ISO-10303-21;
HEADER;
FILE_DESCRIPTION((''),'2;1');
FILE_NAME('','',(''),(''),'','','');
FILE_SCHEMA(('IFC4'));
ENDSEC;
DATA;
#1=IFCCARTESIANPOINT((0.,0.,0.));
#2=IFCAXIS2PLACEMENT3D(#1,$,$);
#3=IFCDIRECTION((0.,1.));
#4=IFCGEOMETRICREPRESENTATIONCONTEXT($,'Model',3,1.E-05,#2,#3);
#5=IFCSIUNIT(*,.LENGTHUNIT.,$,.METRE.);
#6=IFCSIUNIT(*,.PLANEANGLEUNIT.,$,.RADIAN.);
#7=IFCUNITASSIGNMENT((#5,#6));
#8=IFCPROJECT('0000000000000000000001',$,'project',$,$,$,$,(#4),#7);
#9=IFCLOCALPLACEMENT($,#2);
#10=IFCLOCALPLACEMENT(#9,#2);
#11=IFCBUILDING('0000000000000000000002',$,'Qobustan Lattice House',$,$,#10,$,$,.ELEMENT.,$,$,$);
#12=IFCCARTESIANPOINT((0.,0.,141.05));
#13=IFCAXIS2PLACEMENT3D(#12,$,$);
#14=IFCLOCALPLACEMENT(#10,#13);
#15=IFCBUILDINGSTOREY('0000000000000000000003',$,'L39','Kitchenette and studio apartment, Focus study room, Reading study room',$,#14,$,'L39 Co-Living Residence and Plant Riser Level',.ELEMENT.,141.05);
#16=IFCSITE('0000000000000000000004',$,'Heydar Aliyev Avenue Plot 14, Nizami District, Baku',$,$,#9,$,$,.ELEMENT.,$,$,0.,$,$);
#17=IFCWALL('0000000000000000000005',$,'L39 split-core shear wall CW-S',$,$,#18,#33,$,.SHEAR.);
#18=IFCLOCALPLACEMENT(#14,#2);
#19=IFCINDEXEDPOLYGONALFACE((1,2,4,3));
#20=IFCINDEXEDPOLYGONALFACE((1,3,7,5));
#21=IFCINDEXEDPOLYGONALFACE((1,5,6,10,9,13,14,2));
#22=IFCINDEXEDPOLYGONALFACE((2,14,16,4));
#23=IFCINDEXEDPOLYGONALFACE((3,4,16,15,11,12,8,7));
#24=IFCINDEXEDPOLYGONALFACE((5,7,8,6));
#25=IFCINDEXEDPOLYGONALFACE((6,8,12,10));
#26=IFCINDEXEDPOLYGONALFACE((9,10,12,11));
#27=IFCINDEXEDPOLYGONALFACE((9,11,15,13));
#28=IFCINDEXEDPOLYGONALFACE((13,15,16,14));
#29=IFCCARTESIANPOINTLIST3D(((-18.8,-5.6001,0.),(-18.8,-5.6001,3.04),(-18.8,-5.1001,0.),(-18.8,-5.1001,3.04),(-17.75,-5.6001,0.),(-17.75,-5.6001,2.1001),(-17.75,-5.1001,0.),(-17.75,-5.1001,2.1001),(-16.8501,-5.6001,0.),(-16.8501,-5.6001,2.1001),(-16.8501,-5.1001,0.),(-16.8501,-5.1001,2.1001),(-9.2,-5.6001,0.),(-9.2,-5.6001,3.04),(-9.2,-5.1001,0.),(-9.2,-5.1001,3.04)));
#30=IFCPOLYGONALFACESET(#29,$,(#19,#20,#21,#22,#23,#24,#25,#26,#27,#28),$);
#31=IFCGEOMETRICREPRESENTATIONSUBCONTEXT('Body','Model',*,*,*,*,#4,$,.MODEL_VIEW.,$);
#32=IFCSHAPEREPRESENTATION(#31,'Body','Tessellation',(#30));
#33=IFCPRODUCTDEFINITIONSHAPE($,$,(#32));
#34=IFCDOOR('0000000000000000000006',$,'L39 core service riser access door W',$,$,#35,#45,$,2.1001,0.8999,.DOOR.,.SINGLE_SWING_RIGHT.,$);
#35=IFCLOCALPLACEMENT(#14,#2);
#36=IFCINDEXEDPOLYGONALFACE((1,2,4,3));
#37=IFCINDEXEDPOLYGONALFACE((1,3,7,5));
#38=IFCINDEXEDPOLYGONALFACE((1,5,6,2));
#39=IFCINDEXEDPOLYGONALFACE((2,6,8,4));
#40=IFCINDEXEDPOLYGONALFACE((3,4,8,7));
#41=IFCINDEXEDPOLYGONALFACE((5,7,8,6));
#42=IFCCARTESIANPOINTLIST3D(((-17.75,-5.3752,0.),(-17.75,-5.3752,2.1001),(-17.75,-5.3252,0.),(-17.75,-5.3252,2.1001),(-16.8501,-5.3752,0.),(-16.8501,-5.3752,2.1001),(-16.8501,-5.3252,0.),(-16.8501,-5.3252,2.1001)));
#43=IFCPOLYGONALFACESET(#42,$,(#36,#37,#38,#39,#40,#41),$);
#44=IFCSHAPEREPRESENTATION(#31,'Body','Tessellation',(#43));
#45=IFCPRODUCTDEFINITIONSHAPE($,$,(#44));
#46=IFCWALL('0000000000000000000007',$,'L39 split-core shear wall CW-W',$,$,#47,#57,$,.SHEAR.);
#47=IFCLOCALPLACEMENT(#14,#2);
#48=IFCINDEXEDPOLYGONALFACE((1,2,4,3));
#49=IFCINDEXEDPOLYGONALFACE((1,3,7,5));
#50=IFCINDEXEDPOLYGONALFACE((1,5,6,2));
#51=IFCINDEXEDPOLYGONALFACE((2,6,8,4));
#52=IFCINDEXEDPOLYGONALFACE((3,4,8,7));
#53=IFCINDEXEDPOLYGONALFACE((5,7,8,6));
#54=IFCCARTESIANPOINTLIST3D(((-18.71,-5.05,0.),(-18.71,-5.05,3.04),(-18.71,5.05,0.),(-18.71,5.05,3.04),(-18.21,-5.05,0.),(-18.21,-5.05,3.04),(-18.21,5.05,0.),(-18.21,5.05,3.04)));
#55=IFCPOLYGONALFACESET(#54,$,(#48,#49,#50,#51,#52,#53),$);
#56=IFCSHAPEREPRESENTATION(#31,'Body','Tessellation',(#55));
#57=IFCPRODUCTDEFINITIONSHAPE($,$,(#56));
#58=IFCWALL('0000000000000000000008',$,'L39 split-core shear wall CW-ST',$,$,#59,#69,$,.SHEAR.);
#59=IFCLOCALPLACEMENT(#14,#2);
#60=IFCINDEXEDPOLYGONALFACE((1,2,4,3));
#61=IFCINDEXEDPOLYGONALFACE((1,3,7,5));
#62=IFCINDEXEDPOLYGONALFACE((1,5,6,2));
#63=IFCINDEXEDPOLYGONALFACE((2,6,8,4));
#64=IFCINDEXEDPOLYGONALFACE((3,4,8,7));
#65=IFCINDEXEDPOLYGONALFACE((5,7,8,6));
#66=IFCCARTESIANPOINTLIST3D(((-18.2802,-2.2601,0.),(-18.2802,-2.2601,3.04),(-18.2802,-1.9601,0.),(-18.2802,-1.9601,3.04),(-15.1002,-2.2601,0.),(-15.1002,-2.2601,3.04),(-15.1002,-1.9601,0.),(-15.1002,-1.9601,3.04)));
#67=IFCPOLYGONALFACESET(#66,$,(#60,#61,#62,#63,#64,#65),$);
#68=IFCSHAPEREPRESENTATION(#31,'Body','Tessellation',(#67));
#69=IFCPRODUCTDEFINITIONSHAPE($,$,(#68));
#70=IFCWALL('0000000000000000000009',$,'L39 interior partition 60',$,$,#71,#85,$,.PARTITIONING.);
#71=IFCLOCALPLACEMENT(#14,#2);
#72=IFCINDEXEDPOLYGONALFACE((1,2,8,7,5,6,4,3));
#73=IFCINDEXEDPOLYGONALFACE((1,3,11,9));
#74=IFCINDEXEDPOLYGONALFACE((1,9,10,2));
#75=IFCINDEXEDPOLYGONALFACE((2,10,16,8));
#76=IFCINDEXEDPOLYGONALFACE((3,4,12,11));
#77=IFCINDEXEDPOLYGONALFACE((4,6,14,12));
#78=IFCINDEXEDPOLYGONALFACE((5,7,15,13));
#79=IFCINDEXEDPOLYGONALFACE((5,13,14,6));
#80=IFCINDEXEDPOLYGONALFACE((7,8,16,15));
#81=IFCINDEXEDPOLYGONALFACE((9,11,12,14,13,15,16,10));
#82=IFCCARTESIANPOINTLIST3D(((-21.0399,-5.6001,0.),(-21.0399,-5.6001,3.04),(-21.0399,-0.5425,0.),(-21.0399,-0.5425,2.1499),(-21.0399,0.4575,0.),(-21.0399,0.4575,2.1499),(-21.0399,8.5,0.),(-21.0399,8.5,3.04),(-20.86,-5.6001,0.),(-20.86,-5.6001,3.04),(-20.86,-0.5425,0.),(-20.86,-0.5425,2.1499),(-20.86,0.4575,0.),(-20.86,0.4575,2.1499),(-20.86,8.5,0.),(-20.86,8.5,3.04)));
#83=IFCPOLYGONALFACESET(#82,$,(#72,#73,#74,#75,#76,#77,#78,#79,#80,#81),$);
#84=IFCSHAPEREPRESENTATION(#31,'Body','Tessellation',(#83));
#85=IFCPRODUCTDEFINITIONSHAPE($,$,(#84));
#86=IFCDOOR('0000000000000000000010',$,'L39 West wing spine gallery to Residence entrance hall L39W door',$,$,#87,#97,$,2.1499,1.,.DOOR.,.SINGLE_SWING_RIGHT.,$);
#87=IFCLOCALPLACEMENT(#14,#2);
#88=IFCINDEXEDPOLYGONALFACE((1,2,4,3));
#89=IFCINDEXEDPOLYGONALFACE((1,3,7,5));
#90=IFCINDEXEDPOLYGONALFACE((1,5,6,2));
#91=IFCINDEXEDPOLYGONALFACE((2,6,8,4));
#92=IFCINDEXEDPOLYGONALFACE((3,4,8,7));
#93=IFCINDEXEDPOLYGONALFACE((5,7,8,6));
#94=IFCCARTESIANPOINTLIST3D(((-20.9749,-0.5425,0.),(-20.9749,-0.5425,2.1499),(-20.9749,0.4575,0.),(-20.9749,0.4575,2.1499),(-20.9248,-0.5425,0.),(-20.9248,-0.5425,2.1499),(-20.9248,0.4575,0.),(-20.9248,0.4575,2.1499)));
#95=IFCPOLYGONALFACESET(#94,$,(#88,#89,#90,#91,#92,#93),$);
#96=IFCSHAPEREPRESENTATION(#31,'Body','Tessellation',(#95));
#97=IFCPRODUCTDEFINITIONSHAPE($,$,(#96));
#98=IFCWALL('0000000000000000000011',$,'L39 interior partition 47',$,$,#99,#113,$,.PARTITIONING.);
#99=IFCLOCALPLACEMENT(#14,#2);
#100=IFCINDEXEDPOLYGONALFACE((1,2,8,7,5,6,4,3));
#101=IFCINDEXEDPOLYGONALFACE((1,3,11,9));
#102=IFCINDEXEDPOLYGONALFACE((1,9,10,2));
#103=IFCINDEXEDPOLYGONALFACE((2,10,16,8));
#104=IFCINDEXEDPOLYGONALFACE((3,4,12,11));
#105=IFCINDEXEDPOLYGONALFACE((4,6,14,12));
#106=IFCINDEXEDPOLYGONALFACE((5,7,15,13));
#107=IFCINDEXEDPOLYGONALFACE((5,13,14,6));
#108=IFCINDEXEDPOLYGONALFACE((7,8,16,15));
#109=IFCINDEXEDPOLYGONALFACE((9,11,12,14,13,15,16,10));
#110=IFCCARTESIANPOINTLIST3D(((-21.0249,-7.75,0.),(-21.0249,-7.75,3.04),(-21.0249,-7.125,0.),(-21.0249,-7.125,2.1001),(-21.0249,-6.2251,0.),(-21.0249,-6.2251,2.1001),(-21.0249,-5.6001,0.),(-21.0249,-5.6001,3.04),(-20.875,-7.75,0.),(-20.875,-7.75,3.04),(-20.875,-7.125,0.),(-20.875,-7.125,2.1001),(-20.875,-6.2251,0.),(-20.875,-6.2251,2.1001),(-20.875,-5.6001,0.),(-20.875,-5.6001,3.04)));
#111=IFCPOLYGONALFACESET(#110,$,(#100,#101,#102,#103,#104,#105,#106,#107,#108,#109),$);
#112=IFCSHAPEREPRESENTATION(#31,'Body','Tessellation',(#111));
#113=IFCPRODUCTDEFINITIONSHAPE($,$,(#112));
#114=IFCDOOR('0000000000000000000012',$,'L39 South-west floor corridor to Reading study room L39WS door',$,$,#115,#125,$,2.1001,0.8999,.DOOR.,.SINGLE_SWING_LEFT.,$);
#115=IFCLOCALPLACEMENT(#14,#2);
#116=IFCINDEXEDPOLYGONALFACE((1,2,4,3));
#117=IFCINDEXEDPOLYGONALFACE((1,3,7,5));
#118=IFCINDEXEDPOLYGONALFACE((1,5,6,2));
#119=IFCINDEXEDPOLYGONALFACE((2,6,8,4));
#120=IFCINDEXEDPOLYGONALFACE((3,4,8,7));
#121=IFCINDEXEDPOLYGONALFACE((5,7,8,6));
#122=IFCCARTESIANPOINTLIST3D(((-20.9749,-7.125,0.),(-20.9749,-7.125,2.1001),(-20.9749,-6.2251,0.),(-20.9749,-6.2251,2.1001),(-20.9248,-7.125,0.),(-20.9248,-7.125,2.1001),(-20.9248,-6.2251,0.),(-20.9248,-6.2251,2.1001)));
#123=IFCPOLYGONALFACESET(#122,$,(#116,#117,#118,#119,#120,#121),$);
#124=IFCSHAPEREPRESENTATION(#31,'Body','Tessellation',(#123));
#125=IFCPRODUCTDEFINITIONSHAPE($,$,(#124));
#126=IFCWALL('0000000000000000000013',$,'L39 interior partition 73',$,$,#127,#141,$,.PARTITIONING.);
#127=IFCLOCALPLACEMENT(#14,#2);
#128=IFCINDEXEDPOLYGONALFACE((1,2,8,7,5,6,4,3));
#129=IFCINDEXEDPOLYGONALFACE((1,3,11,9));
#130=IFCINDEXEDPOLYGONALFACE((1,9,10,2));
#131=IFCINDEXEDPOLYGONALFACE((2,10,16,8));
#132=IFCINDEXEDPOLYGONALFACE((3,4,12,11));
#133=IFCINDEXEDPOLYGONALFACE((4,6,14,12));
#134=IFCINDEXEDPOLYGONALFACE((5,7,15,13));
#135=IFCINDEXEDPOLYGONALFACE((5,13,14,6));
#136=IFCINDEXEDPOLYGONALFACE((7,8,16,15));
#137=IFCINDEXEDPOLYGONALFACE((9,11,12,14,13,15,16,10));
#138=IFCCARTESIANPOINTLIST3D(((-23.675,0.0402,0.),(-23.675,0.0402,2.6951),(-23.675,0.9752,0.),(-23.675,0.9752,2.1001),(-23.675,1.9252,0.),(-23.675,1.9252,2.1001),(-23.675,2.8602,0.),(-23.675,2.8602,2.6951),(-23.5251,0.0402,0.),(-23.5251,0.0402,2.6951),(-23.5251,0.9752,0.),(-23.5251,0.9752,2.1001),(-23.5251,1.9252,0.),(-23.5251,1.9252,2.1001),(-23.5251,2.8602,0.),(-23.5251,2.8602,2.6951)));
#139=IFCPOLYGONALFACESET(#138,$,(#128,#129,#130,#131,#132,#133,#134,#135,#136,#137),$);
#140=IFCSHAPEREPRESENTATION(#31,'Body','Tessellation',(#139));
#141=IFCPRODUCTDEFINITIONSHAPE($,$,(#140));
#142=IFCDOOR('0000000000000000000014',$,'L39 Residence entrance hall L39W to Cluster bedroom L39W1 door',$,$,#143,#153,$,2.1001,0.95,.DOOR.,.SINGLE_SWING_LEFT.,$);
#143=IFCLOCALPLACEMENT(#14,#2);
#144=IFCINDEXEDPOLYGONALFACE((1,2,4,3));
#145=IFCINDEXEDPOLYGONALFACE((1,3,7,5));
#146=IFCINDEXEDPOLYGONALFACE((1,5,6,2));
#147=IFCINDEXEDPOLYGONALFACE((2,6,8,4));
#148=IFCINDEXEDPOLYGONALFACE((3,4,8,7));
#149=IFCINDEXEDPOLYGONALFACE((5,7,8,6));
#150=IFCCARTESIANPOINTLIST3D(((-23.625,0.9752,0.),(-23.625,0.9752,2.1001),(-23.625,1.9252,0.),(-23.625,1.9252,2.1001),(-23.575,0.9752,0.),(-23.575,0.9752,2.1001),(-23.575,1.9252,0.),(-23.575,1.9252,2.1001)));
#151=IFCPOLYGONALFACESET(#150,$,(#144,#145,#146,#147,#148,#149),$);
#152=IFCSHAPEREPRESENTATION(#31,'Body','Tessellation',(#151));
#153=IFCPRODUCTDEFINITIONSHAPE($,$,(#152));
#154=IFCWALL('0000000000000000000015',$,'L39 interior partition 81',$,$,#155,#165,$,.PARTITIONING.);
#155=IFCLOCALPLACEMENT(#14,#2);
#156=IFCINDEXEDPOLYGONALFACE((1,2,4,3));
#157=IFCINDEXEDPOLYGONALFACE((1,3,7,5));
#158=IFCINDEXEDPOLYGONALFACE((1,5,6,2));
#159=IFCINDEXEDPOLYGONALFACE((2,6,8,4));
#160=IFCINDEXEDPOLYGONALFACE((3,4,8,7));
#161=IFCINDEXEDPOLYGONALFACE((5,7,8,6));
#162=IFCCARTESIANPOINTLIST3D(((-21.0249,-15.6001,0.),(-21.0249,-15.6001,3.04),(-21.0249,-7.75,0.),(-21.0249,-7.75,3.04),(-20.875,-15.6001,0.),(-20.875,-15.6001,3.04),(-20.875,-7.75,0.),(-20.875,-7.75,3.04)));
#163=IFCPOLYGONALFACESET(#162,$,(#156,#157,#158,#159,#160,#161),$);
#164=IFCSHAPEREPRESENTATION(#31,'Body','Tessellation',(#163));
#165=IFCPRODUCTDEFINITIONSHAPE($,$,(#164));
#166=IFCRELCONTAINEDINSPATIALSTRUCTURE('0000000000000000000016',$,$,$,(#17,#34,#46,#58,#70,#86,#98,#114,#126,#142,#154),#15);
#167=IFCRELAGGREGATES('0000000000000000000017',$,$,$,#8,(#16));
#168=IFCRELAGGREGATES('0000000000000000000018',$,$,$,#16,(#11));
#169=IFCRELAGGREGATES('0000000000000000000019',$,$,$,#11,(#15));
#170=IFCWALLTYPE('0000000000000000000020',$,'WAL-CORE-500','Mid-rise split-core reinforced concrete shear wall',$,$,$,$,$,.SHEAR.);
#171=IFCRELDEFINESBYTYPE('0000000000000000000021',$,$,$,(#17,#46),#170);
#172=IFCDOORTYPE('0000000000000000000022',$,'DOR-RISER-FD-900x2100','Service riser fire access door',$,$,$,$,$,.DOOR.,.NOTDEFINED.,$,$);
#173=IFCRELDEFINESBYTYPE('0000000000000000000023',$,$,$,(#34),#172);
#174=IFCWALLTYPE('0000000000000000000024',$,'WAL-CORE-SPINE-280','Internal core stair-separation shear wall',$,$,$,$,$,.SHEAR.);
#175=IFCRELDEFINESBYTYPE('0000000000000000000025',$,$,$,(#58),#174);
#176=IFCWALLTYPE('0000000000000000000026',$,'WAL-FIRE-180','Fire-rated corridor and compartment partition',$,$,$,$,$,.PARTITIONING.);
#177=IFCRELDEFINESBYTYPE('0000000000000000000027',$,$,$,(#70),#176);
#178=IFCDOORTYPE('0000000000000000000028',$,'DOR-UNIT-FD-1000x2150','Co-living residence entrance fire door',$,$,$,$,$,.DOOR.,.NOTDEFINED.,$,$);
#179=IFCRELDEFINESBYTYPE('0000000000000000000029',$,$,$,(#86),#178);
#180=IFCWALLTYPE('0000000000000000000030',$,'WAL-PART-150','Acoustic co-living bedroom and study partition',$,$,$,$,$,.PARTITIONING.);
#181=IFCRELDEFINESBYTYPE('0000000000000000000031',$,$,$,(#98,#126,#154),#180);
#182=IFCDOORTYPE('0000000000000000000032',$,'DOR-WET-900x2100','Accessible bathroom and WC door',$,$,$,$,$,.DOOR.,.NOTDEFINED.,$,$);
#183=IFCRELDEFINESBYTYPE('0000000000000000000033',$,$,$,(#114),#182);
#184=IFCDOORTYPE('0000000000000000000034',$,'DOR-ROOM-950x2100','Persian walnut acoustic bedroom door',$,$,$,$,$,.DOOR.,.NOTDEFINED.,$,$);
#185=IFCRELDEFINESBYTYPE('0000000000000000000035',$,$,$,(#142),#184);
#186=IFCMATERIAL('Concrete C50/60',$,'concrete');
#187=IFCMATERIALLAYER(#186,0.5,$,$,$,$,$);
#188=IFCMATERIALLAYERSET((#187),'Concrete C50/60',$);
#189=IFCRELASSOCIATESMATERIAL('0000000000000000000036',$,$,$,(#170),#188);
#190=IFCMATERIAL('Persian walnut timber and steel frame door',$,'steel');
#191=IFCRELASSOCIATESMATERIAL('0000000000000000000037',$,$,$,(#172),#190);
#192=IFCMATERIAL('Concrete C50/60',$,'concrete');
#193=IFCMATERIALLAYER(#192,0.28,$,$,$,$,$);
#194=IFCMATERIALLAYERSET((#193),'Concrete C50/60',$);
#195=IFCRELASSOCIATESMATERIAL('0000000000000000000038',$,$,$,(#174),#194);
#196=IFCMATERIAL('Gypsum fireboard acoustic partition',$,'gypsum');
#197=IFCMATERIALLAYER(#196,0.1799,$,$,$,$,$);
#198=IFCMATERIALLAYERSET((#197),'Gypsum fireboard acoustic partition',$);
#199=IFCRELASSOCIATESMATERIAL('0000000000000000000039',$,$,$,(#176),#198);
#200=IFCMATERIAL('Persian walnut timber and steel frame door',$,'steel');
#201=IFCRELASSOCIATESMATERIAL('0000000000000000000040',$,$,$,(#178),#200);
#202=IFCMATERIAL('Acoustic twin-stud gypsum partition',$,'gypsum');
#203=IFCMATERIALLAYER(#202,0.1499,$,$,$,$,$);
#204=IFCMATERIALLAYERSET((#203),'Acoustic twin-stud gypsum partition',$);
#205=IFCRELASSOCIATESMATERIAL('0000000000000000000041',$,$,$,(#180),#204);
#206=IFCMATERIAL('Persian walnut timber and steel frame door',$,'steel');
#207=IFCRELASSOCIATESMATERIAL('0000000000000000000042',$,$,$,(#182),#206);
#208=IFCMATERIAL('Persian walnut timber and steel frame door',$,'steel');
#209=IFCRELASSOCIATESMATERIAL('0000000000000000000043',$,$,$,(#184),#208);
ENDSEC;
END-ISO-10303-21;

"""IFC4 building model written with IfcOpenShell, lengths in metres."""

from ifc_helpers import new_model, si_unit, direction, frame, frame_2d, origin, place, context, subcontext, project, spatial, rectangle, extrude, material, layer, layer_set, type_object, element, fill, save


model = new_model("IFC4")

# Units and contexts
model_context = context("Model", 3, precision=1e-05, world=origin(), true_north=direction((0.0, 1.0)))
body_context = subcontext(model_context, "Body", "Model", "MODEL_VIEW")
ifc_project = project(units=[si_unit("LENGTHUNIT", "METRE"), si_unit("PLANEANGLEUNIT", "RADIAN")], contexts=[model_context])

# Site, building, storey
site_placement = place(None, origin())
site = spatial("IfcSite", under=ifc_project, at=site_placement, Name="Heydar Aliyev Avenue Plot 14, Nizami District, Baku", CompositionType="ELEMENT", RefElevation=0.0)
building_placement = place(site_placement, origin())
building = spatial("IfcBuilding", under=site, at=building_placement, Name="Qobustan Lattice House", CompositionType="ELEMENT")
storey_placement = place(building_placement, frame((0.0, 0.0, 141.05)))
storey = spatial("IfcBuildingStorey", under=building, at=storey_placement, Name="L39", Description="Kitchenette and studio apartment, Focus study room, Reading study room", LongName="L39 Co-Living Residence and Plant Riser Level", CompositionType="ELEMENT", Elevation=141.05)

# Wall, opening, door
ifc_material_1 = material(Name="Concrete C50/60", Category="concrete")
ifc_layer_1 = layer(ifc_material_1, 0.5)
ifc_layer_set_1 = layer_set([ifc_layer_1], Name="Concrete C50/60")
wall_type_1 = type_object("IfcWallType", Name="WAL-CORE-500", Description="Mid-rise split-core reinforced concrete shear wall", PredefinedType="SHEAR", material=ifc_layer_set_1)
wall_1_placement = place(storey_placement, frame((-18.8, -5.3501, 0.0), z_axis=(0.0, 0.0, 1.0), x_axis=(1.0, 0.0, 0.0)))
wall_1 = element("IfcWall", 1, at=wall_1_placement, inside=storey, type_object=wall_type_1, Name="L39 split-core shear wall CW-S", PredefinedType="SHEAR", context=body_context, shape_type="SweptSolid", body=[
    extrude(rectangle(XDim=9.6001, YDim=0.5, at=frame_2d((4.8, 0.0))), origin(), (0.0, 0.0, 1.0), 3.04),
])
opening_1_placement = place(wall_1_placement, frame((1.05, 0.0, 0.0)))
opening_1 = element("IfcOpeningElement", 2, at=opening_1_placement, cuts=wall_1, PredefinedType="OPENING", context=body_context, shape_type="SweptSolid", body=[
    extrude(rectangle(XDim=0.8999, YDim=2.1001, at=frame_2d((0.45, 1.05))), frame((0.0, 0.26, 0.0), z_axis=(0.0, -1.0, 0.0), x_axis=(1.0, 0.0, 0.0)), (0.0, 0.0, 1.0), 0.52),
])
ifc_material_2 = material(Name="Persian walnut timber and steel frame door", Category="steel")
door_type_1 = type_object("IfcDoorType", Name="DOR-RISER-FD-900x2100", Description="Service riser fire access door", OperationType="NOTDEFINED", PredefinedType="DOOR", material=ifc_material_2)
door_1_placement = place(opening_1_placement, origin())
door_1 = element("IfcDoor", 3, at=door_1_placement, inside=storey, type_object=door_type_1, Name="L39 core service riser access door W", OperationType="SINGLE_SWING_RIGHT", OverallHeight=2.1001, OverallWidth=0.8999, PredefinedType="DOOR", context=body_context, shape_type="SweptSolid", body=[
    extrude(rectangle(XDim=0.8999, YDim=2.1001, at=frame_2d((0.45, 1.05))), frame((0.0, 0.0249, 0.0), z_axis=(0.0, -1.0, 0.0), x_axis=(1.0, 0.0, 0.0)), (0.0, 0.0, 1.0), 0.05),
])
fill(opening_1, door_1)

# Walls
wall_2_placement = place(storey_placement, frame((-18.46, -5.05, 0.0), z_axis=(0.0, 0.0, 1.0), x_axis=(0.0, 1.0, 0.0)))
element("IfcWall", 4, at=wall_2_placement, inside=storey, type_object=wall_type_1, Name="L39 split-core shear wall CW-W", PredefinedType="SHEAR", context=body_context, shape_type="SweptSolid", body=[
    extrude(rectangle(XDim=10.1001, YDim=0.5, at=frame_2d((5.05, 0.0))), origin(), (0.0, 0.0, 1.0), 3.04),
])
ifc_material_3 = material(Name="Concrete C50/60", Category="concrete")
ifc_layer_2 = layer(ifc_material_3, 0.28)
ifc_layer_set_2 = layer_set([ifc_layer_2], Name="Concrete C50/60")
wall_type_2 = type_object("IfcWallType", Name="WAL-CORE-SPINE-280", Description="Internal core stair-separation shear wall", PredefinedType="SHEAR", material=ifc_layer_set_2)
wall_3_placement = place(storey_placement, frame((-18.28, -2.1101, 0.0), z_axis=(0.0, 0.0, 1.0), x_axis=(1.0, 0.0, 0.0)))
element("IfcWall", 5, at=wall_3_placement, inside=storey, type_object=wall_type_2, Name="L39 split-core shear wall CW-ST", PredefinedType="SHEAR", context=body_context, shape_type="SweptSolid", body=[
    extrude(rectangle(XDim=3.1799, YDim=0.3, at=frame_2d((1.5898, 0.0))), origin(), (0.0, 0.0, 1.0), 3.04),
])

# Walls, openings, doors
ifc_material_4 = material(Name="Gypsum fireboard acoustic partition", Category="gypsum")
ifc_layer_3 = layer(ifc_material_4, 0.1799)
ifc_layer_set_3 = layer_set([ifc_layer_3], Name="Gypsum fireboard acoustic partition")
wall_type_3 = type_object("IfcWallType", Name="WAL-FIRE-180", Description="Fire-rated corridor and compartment partition", PredefinedType="PARTITIONING", material=ifc_layer_set_3)
wall_4_placement = place(storey_placement, frame((-20.95, -5.6001, 0.0), z_axis=(0.0, 0.0, 1.0), x_axis=(0.0, 1.0, 0.0)))
wall_4 = element("IfcWall", 6, at=wall_4_placement, inside=storey, type_object=wall_type_3, Name="L39 interior partition 60", PredefinedType="PARTITIONING", context=body_context, shape_type="SweptSolid", body=[
    extrude(rectangle(XDim=14.1001, YDim=0.1799, at=frame_2d((7.05, 0.0))), origin(), (0.0, 0.0, 1.0), 3.04),
])
opening_2_placement = place(wall_4_placement, frame((5.0576, 0.0, 0.0)))
opening_2 = element("IfcOpeningElement", 7, at=opening_2_placement, cuts=wall_4, PredefinedType="OPENING", context=body_context, shape_type="SweptSolid", body=[
    extrude(rectangle(XDim=1.0, YDim=2.1499, at=frame_2d((0.5, 1.075))), frame((0.0, 0.0999, 0.0), z_axis=(0.0, -1.0, 0.0), x_axis=(1.0, 0.0, 0.0)), (0.0, 0.0, 1.0), 0.2),
])
ifc_material_5 = material(Name="Persian walnut timber and steel frame door", Category="steel")
door_type_2 = type_object("IfcDoorType", Name="DOR-UNIT-FD-1000x2150", Description="Co-living residence entrance fire door", OperationType="NOTDEFINED", PredefinedType="DOOR", material=ifc_material_5)
door_2_placement = place(opening_2_placement, origin())
door_2 = element("IfcDoor", 8, at=door_2_placement, inside=storey, type_object=door_type_2, Name="L39 West wing spine gallery to Residence entrance hall L39W door", OperationType="SINGLE_SWING_RIGHT", OverallHeight=2.1499, OverallWidth=1.0, PredefinedType="DOOR", context=body_context, shape_type="SweptSolid", body=[
    extrude(rectangle(XDim=1.0, YDim=2.1499, at=frame_2d((0.5, 1.075))), frame((0.0, 0.0249, 0.0), z_axis=(0.0, -1.0, 0.0), x_axis=(1.0, 0.0, 0.0)), (0.0, 0.0, 1.0), 0.05),
])
fill(opening_2, door_2)
ifc_material_6 = material(Name="Acoustic twin-stud gypsum partition", Category="gypsum")
ifc_layer_4 = layer(ifc_material_6, 0.1499)
ifc_layer_set_4 = layer_set([ifc_layer_4], Name="Acoustic twin-stud gypsum partition")
wall_type_4 = type_object("IfcWallType", Name="WAL-PART-150", Description="Acoustic co-living bedroom and study partition", PredefinedType="PARTITIONING", material=ifc_layer_set_4)
wall_5_placement = place(storey_placement, frame((-20.95, -7.75, 0.0), z_axis=(0.0, 0.0, 1.0), x_axis=(0.0, 1.0, 0.0)))
wall_5 = element("IfcWall", 9, at=wall_5_placement, inside=storey, type_object=wall_type_4, Name="L39 interior partition 47", PredefinedType="PARTITIONING", context=body_context, shape_type="SweptSolid", body=[
    extrude(rectangle(XDim=2.1499, YDim=0.1499, at=frame_2d((1.075, 0.0))), origin(), (0.0, 0.0, 1.0), 3.04),
])
opening_3_placement = place(wall_5_placement, frame((0.625, 0.0, 0.0)))
opening_3 = element("IfcOpeningElement", 10, at=opening_3_placement, cuts=wall_5, PredefinedType="OPENING", context=body_context, shape_type="SweptSolid", body=[
    extrude(rectangle(XDim=0.8999, YDim=2.1001, at=frame_2d((0.45, 1.05))), frame((0.0, 0.085, 0.0), z_axis=(0.0, -1.0, 0.0), x_axis=(1.0, 0.0, 0.0)), (0.0, 0.0, 1.0), 0.1699),
])
ifc_material_7 = material(Name="Persian walnut timber and steel frame door", Category="steel")
door_type_3 = type_object("IfcDoorType", Name="DOR-WET-900x2100", Description="Accessible bathroom and WC door", OperationType="NOTDEFINED", PredefinedType="DOOR", material=ifc_material_7)
door_3_placement = place(opening_3_placement, origin())
door_3 = element("IfcDoor", 11, at=door_3_placement, inside=storey, type_object=door_type_3, Name="L39 South-west floor corridor to Reading study room L39WS door", OperationType="SINGLE_SWING_LEFT", OverallHeight=2.1001, OverallWidth=0.8999, PredefinedType="DOOR", context=body_context, shape_type="SweptSolid", body=[
    extrude(rectangle(XDim=0.8999, YDim=2.1001, at=frame_2d((0.45, 1.05))), frame((0.0, 0.0249, 0.0), z_axis=(0.0, -1.0, 0.0), x_axis=(1.0, 0.0, 0.0)), (0.0, 0.0, 1.0), 0.05),
])
fill(opening_3, door_3)
wall_6_placement = place(storey_placement, frame((-23.6001, 0.04, 0.0), z_axis=(0.0, 0.0, 1.0), x_axis=(0.0, 1.0, 0.0)))
wall_6 = element("IfcWall", 12, at=wall_6_placement, inside=storey, type_object=wall_type_4, Name="L39 interior partition 73", PredefinedType="PARTITIONING", context=body_context, shape_type="SweptSolid", body=[
    extrude(rectangle(XDim=2.8201, YDim=0.1499, at=frame_2d((1.4102, 0.0))), origin(), (0.0, 0.0, 1.0), 2.6951),
])
opening_4_placement = place(wall_6_placement, frame((0.9351, 0.0, 0.0)))
opening_4 = element("IfcOpeningElement", 13, at=opening_4_placement, cuts=wall_6, PredefinedType="OPENING", context=body_context, shape_type="SweptSolid", body=[
    extrude(rectangle(XDim=0.95, YDim=2.1001, at=frame_2d((0.4751, 1.05))), frame((0.0, 0.085, 0.0), z_axis=(0.0, -1.0, 0.0), x_axis=(1.0, 0.0, 0.0)), (0.0, 0.0, 1.0), 0.1699),
])
ifc_material_8 = material(Name="Persian walnut timber and steel frame door", Category="steel")
door_type_4 = type_object("IfcDoorType", Name="DOR-ROOM-950x2100", Description="Persian walnut acoustic bedroom door", OperationType="NOTDEFINED", PredefinedType="DOOR", material=ifc_material_8)
door_4_placement = place(opening_4_placement, origin())
door_4 = element("IfcDoor", 14, at=door_4_placement, inside=storey, type_object=door_type_4, Name="L39 Residence entrance hall L39W to Cluster bedroom L39W1 door", OperationType="SINGLE_SWING_LEFT", OverallHeight=2.1001, OverallWidth=0.95, PredefinedType="DOOR", context=body_context, shape_type="SweptSolid", body=[
    extrude(rectangle(XDim=0.95, YDim=2.1001, at=frame_2d((0.4751, 1.05))), frame((0.0, 0.0249, 0.0), z_axis=(0.0, -1.0, 0.0), x_axis=(1.0, 0.0, 0.0)), (0.0, 0.0, 1.0), 0.05),
])
fill(opening_4, door_4)

# Wall
wall_7_placement = place(storey_placement, frame((-20.95, -7.75, 0.0), z_axis=(0.0, 0.0, 1.0), x_axis=(0.0, -1.0, 0.0)))
element("IfcWall", 15, at=wall_7_placement, inside=storey, type_object=wall_type_4, Name="L39 interior partition 81", PredefinedType="PARTITIONING", context=body_context, shape_type="SweptSolid", body=[
    extrude(rectangle(XDim=7.8501, YDim=0.1499, at=frame_2d((3.925, 0.0))), origin(), (0.0, 0.0, 1.0), 3.04),
])

save(model, "model.ifc")
